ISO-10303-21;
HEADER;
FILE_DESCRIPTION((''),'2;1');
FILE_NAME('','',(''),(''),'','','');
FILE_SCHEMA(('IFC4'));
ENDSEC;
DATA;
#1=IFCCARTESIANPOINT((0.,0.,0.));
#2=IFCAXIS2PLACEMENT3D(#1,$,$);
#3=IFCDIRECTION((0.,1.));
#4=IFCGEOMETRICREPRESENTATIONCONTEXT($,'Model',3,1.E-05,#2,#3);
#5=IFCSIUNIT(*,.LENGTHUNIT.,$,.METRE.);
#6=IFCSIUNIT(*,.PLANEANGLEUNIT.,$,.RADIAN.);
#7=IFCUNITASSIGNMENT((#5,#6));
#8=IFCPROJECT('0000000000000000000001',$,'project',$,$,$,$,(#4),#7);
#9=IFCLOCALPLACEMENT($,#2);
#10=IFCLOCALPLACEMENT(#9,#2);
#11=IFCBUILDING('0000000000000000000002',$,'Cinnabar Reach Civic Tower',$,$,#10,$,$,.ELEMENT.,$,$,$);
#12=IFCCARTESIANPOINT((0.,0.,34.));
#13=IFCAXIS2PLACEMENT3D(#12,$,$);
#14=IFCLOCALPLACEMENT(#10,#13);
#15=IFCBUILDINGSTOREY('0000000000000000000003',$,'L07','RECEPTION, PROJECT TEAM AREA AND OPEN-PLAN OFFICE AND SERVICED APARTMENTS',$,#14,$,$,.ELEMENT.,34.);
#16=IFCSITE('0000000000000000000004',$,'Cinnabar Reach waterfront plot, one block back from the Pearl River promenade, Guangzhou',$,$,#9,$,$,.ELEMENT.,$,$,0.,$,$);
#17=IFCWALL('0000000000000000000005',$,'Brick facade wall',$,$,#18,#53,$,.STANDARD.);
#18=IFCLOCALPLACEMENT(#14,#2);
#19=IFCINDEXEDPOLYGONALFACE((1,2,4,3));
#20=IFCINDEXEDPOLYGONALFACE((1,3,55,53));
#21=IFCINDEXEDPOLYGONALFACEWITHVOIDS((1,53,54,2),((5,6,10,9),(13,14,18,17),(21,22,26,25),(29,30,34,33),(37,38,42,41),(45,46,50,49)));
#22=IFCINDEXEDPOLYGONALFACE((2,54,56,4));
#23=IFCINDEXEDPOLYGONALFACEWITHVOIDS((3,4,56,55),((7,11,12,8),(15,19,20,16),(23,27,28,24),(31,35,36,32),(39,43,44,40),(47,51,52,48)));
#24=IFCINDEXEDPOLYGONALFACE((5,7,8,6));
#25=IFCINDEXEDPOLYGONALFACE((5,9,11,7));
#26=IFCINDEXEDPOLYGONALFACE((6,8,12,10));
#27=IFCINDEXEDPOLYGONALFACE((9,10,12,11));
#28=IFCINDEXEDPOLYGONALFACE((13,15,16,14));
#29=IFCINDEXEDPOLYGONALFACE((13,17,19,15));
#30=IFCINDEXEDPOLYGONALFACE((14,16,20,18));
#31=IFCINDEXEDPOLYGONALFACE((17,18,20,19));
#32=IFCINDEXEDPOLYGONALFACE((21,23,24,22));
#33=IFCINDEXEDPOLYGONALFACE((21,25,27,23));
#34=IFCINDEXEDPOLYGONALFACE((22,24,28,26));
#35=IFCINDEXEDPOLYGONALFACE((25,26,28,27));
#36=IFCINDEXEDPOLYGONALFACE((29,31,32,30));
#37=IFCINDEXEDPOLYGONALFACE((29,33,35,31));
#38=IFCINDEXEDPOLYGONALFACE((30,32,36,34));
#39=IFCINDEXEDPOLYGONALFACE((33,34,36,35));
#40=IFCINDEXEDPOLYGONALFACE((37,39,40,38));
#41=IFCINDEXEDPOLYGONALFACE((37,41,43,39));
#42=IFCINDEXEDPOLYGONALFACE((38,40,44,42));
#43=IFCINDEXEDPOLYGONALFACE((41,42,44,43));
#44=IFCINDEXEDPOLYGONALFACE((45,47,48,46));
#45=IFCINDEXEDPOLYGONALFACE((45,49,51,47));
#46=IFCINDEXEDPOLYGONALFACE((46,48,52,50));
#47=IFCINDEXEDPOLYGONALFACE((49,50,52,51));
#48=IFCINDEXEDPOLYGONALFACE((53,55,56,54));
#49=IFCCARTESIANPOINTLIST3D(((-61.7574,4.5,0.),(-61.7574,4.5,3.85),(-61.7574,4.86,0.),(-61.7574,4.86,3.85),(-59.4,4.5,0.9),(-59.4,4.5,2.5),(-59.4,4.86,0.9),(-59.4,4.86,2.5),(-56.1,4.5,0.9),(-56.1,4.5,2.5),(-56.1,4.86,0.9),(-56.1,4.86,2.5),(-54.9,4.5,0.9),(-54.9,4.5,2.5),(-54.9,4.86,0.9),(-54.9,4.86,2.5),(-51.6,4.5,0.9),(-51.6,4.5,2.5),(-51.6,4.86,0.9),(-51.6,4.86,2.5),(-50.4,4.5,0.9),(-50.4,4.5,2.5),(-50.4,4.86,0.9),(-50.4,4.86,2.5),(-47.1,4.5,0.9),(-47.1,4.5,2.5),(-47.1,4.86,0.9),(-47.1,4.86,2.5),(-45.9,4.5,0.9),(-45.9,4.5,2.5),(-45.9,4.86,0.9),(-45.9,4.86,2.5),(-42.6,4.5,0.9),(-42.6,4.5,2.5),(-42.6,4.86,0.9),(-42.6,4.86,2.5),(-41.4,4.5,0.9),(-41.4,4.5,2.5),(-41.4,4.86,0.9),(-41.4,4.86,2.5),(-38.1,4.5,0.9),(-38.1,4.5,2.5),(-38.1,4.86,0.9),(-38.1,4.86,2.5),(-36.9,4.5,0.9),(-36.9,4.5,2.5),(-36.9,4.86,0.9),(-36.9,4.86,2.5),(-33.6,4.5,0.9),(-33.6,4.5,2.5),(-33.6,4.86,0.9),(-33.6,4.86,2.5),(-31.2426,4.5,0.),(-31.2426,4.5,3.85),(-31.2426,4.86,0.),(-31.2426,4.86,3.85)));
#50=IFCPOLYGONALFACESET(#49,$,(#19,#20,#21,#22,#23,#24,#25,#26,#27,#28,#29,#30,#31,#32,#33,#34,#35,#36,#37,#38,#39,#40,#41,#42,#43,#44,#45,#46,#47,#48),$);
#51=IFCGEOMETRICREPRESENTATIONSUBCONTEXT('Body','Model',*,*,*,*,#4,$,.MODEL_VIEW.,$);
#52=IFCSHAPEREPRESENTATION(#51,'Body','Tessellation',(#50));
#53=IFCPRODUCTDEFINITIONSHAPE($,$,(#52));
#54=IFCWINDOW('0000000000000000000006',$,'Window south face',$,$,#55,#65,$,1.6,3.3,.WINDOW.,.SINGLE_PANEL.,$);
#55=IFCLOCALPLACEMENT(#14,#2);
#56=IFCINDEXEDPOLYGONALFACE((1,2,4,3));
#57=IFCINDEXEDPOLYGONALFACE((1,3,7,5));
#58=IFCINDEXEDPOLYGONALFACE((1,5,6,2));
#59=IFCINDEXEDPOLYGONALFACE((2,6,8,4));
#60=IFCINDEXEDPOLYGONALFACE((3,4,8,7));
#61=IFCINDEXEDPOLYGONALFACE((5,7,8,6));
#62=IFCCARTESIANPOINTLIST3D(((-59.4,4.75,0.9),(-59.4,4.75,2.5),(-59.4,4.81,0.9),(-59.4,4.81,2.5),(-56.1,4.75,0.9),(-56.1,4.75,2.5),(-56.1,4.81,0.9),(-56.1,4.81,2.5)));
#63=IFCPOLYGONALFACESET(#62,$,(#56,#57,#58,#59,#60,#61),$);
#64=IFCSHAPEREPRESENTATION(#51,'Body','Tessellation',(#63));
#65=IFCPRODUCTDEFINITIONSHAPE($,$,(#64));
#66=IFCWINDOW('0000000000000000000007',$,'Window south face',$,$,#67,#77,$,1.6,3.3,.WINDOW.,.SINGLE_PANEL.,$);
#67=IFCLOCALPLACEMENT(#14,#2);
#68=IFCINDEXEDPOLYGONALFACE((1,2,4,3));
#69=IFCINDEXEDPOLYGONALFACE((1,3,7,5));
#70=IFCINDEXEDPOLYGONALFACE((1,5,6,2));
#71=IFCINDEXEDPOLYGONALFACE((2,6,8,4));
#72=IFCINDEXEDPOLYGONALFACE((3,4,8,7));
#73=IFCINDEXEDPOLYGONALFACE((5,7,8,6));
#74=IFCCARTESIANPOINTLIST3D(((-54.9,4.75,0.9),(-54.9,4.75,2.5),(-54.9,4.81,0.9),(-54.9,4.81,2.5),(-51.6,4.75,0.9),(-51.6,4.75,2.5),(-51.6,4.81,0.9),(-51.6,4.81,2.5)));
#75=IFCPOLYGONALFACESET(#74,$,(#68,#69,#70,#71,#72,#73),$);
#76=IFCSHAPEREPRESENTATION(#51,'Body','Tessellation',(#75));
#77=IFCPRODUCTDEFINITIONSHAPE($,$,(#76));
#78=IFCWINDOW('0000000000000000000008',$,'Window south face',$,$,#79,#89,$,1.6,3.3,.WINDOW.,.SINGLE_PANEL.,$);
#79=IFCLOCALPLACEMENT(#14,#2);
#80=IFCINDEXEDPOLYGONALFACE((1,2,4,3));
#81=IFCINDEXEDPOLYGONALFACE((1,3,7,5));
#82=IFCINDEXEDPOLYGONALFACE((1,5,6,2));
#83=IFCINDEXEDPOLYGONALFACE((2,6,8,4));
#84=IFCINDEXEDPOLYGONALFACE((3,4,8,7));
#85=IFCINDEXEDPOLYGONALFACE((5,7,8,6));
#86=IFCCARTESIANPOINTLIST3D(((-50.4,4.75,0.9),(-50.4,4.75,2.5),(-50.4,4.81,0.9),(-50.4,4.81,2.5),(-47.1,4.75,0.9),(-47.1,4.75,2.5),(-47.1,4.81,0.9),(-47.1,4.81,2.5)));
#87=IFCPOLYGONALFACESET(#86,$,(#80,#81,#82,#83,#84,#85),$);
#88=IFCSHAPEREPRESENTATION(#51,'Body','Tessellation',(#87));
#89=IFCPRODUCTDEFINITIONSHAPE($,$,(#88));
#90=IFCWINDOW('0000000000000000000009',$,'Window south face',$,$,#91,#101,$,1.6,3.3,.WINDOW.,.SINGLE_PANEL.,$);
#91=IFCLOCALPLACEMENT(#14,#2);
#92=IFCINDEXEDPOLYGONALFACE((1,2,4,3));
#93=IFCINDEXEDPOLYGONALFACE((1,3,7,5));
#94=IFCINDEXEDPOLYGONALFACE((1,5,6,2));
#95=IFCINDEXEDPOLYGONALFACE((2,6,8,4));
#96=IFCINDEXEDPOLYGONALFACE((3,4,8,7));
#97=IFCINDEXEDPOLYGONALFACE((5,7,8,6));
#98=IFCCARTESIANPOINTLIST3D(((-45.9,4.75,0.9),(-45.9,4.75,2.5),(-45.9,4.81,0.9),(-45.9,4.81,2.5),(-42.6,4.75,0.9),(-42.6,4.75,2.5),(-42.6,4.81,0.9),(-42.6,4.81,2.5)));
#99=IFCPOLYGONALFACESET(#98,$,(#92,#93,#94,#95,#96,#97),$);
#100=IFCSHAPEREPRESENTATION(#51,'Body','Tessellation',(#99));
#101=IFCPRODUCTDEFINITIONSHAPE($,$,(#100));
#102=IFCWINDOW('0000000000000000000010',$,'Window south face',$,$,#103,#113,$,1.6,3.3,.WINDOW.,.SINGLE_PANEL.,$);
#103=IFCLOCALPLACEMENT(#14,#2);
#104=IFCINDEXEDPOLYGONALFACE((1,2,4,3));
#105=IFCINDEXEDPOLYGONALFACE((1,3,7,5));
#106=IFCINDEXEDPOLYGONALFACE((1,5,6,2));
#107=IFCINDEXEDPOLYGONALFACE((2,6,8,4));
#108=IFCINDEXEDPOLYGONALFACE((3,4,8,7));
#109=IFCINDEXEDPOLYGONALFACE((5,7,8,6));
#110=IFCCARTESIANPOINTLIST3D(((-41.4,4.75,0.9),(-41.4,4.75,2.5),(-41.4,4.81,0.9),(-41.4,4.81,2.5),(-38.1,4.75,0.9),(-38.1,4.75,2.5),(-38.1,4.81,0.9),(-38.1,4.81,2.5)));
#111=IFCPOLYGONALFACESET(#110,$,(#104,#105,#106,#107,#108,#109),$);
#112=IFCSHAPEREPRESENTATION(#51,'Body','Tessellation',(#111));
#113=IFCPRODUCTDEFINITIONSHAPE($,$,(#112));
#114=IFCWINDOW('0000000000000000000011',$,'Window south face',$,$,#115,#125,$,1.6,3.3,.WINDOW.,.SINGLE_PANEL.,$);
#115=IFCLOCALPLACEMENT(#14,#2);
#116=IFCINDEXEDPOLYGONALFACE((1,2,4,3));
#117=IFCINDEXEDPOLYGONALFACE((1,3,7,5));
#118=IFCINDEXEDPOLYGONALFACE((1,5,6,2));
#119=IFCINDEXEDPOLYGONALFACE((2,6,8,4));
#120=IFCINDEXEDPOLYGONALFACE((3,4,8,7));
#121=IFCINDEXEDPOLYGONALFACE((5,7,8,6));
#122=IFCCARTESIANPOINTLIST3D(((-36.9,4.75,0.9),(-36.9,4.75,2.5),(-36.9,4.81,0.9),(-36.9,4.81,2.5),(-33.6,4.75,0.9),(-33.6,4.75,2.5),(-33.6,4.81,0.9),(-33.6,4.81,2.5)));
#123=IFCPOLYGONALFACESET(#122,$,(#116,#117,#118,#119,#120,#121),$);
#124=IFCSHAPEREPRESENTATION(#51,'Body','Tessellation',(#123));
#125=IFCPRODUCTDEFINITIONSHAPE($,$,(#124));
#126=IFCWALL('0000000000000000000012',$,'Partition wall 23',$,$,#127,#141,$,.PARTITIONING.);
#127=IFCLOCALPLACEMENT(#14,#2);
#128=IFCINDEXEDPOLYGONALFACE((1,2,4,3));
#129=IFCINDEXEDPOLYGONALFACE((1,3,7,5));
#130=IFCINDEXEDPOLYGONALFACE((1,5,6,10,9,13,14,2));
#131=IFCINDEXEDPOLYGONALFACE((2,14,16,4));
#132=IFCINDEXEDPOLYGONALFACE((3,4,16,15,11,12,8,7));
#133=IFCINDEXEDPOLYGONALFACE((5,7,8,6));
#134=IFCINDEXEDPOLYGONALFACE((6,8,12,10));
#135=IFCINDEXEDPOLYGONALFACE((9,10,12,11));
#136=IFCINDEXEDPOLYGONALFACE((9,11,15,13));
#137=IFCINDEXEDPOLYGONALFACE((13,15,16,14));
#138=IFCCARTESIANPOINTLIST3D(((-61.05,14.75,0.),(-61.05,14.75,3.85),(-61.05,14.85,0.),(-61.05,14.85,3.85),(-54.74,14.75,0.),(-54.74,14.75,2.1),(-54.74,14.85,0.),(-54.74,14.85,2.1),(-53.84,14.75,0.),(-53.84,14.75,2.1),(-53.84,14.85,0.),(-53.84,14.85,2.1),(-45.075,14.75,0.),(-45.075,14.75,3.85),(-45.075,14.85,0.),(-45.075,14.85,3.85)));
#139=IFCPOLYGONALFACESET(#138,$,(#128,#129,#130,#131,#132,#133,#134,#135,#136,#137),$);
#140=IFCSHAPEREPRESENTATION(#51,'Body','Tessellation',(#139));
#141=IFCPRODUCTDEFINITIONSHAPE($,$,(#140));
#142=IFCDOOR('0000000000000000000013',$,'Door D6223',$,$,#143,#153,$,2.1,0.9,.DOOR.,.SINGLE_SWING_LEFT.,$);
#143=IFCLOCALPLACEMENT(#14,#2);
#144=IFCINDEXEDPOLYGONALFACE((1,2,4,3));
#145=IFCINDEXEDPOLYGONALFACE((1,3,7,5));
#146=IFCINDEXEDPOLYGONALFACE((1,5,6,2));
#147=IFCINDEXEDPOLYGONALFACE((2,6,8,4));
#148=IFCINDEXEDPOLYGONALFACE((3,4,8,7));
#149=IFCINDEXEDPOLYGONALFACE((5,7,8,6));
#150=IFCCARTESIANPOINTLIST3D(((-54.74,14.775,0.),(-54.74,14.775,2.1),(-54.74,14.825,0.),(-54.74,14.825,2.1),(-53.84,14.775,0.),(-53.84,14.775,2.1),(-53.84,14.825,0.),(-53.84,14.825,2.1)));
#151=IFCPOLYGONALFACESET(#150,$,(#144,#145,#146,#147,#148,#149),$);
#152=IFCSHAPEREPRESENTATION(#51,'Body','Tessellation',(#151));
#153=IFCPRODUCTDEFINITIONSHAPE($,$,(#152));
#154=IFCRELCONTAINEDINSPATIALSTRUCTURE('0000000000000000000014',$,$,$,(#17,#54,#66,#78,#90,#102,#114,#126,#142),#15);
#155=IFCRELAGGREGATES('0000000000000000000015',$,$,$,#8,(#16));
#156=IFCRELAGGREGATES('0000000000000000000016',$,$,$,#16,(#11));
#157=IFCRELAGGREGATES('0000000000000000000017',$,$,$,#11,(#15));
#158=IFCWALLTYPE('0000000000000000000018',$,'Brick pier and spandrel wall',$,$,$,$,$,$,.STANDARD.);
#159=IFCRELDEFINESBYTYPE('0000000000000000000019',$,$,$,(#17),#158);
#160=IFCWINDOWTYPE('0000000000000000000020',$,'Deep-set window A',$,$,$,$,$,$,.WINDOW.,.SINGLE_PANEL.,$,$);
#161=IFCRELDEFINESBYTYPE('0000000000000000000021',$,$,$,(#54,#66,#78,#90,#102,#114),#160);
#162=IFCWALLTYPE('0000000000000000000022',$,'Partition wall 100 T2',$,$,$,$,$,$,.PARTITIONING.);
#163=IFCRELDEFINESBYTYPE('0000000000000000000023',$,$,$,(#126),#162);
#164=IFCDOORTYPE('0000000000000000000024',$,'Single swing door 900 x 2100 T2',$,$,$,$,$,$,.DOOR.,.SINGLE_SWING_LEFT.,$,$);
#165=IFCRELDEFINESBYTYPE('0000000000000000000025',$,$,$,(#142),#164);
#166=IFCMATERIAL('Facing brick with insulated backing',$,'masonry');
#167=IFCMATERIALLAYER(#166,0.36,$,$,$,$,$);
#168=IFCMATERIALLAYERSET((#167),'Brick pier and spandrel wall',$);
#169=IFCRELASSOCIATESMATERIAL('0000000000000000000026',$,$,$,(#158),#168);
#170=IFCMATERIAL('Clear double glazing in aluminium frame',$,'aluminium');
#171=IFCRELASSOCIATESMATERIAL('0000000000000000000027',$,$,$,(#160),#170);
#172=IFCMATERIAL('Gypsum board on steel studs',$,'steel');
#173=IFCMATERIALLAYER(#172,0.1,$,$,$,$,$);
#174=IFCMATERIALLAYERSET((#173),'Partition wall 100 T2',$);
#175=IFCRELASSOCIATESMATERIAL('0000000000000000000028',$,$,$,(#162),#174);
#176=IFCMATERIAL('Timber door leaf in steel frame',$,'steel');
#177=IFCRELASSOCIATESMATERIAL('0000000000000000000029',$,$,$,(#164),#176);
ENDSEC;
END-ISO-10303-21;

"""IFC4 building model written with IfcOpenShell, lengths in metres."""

from ifc_helpers import new_model, si_unit, direction, frame, frame_2d, origin, place, context, subcontext, project, spatial, rectangle, extrude, material, layer, layer_set, type_object, element, fill, save


model = new_model("IFC4")

# Units and contexts
model_context = context("Model", 3, precision=1e-05, world=origin(), true_north=direction((0.0, 1.0)))
body_context = subcontext(model_context, "Body", "Model", "MODEL_VIEW")
ifc_project = project(units=[si_unit("LENGTHUNIT", "METRE"), si_unit("PLANEANGLEUNIT", "RADIAN")], contexts=[model_context])

# Site, building, storey
site_placement = place(None, origin())
site = spatial("IfcSite", under=ifc_project, at=site_placement, Name="Cinnabar Reach waterfront plot, one block back from the Pearl River promenade, Guangzhou", CompositionType="ELEMENT", RefElevation=0.0)
building_placement = place(site_placement, origin())
building = spatial("IfcBuilding", under=site, at=building_placement, Name="Cinnabar Reach Civic Tower", CompositionType="ELEMENT")
storey_placement = place(building_placement, frame((0.0, 0.0, 34.0)))
storey = spatial("IfcBuildingStorey", under=building, at=storey_placement, Name="L07", Description="RECEPTION, PROJECT TEAM AREA AND OPEN-PLAN OFFICE AND SERVICED APARTMENTS", CompositionType="ELEMENT", Elevation=34.0)

# Wall, openings, windows
ifc_material_1 = material(Name="Facing brick with insulated backing", Category="masonry")
ifc_layer_1 = layer(ifc_material_1, 0.36)
ifc_layer_set_1 = layer_set([ifc_layer_1], Name="Brick pier and spandrel wall")
wall_type_1 = type_object("IfcWallType", Name="Brick pier and spandrel wall", PredefinedType="STANDARD", material=ifc_layer_set_1)
wall_1_placement = place(storey_placement, frame((-61.7574, 4.68, 0.0), z_axis=(0.0, 0.0, 1.0), x_axis=(1.0, 0.0, 0.0)))
wall_1 = element("IfcWall", 1, at=wall_1_placement, inside=storey, type_object=wall_type_1, Name="Brick facade wall", PredefinedType="STANDARD", context=body_context, shape_type="SweptSolid", body=[
    extrude(rectangle(XDim=30.5148, YDim=0.36, at=frame_2d((15.2574, 0.0))), origin(), (0.0, 0.0, 1.0), 3.85),
])
opening_1_placement = place(wall_1_placement, frame((2.3574, 0.0, 0.9)))
opening_1 = element("IfcOpeningElement", 2, at=opening_1_placement, cuts=wall_1, PredefinedType="OPENING", context=body_context, shape_type="SweptSolid", body=[
    extrude(rectangle(XDim=3.3, YDim=1.6, at=frame_2d((1.65, 0.8))), frame((0.0, 0.19, 0.0), z_axis=(0.0, -1.0, 0.0), x_axis=(1.0, 0.0, 0.0)), (0.0, 0.0, 1.0), 0.38),
])
opening_2_placement = place(wall_1_placement, frame((6.8574, 0.0, 0.9)))
opening_2 = element("IfcOpeningElement", 3, at=opening_2_placement, cuts=wall_1, PredefinedType="OPENING", context=body_context, shape_type="SweptSolid", body=[
    extrude(rectangle(XDim=3.3, YDim=1.6, at=frame_2d((1.65, 0.8))), frame((0.0, 0.19, 0.0), z_axis=(0.0, -1.0, 0.0), x_axis=(1.0, 0.0, 0.0)), (0.0, 0.0, 1.0), 0.38),
])
opening_3_placement = place(wall_1_placement, frame((11.3574, 0.0, 0.9)))
opening_3 = element("IfcOpeningElement", 4, at=opening_3_placement, cuts=wall_1, PredefinedType="OPENING", context=body_context, shape_type="SweptSolid", body=[
    extrude(rectangle(XDim=3.3, YDim=1.6, at=frame_2d((1.65, 0.8))), frame((0.0, 0.19, 0.0), z_axis=(0.0, -1.0, 0.0), x_axis=(1.0, 0.0, 0.0)), (0.0, 0.0, 1.0), 0.38),
])
opening_4_placement = place(wall_1_placement, frame((15.8574, 0.0, 0.9)))
opening_4 = element("IfcOpeningElement", 5, at=opening_4_placement, cuts=wall_1, PredefinedType="OPENING", context=body_context, shape_type="SweptSolid", body=[
    extrude(rectangle(XDim=3.3, YDim=1.6, at=frame_2d((1.65, 0.8))), frame((0.0, 0.19, 0.0), z_axis=(0.0, -1.0, 0.0), x_axis=(1.0, 0.0, 0.0)), (0.0, 0.0, 1.0), 0.38),
])
opening_5_placement = place(wall_1_placement, frame((20.3574, 0.0, 0.9)))
opening_5 = element("IfcOpeningElement", 6, at=opening_5_placement, cuts=wall_1, PredefinedType="OPENING", context=body_context, shape_type="SweptSolid", body=[
    extrude(rectangle(XDim=3.3, YDim=1.6, at=frame_2d((1.65, 0.8))), frame((0.0, 0.19, 0.0), z_axis=(0.0, -1.0, 0.0), x_axis=(1.0, 0.0, 0.0)), (0.0, 0.0, 1.0), 0.38),
])
opening_6_placement = place(wall_1_placement, frame((24.8574, 0.0, 0.9)))
opening_6 = element("IfcOpeningElement", 7, at=opening_6_placement, cuts=wall_1, PredefinedType="OPENING", context=body_context, shape_type="SweptSolid", body=[
    extrude(rectangle(XDim=3.3, YDim=1.6, at=frame_2d((1.65, 0.8))), frame((0.0, 0.19, 0.0), z_axis=(0.0, -1.0, 0.0), x_axis=(1.0, 0.0, 0.0)), (0.0, 0.0, 1.0), 0.38),
])
ifc_material_2 = material(Name="Clear double glazing in aluminium frame", Category="aluminium")
window_type = type_object("IfcWindowType", Name="Deep-set window A", PartitioningType="SINGLE_PANEL", PredefinedType="WINDOW", material=ifc_material_2)
window_1_placement = place(opening_1_placement, origin())
window_1 = element("IfcWindow", 8, at=window_1_placement, inside=storey, type_object=window_type, Name="Window south face", OverallHeight=1.6, OverallWidth=3.3, PartitioningType="SINGLE_PANEL", PredefinedType="WINDOW", context=body_context, shape_type="SweptSolid", body=[
    extrude(rectangle(XDim=3.3, YDim=1.6, at=frame_2d((1.65, 0.8))), frame((0.0, 0.13, 0.0), z_axis=(0.0, -1.0, 0.0), x_axis=(1.0, 0.0, 0.0)), (0.0, 0.0, 1.0), 0.06),
])
fill(opening_1, window_1)
window_2_placement = place(opening_2_placement, origin())
window_2 = element("IfcWindow", 9, at=window_2_placement, inside=storey, type_object=window_type, Name="Window south face", OverallHeight=1.6, OverallWidth=3.3, PartitioningType="SINGLE_PANEL", PredefinedType="WINDOW", context=body_context, shape_type="SweptSolid", body=[
    extrude(rectangle(XDim=3.3, YDim=1.6, at=frame_2d((1.65, 0.8))), frame((0.0, 0.13, 0.0), z_axis=(0.0, -1.0, 0.0), x_axis=(1.0, 0.0, 0.0)), (0.0, 0.0, 1.0), 0.06),
])
fill(opening_2, window_2)
window_3_placement = place(opening_3_placement, origin())
window_3 = element("IfcWindow", 10, at=window_3_placement, inside=storey, type_object=window_type, Name="Window south face", OverallHeight=1.6, OverallWidth=3.3, PartitioningType="SINGLE_PANEL", PredefinedType="WINDOW", context=body_context, shape_type="SweptSolid", body=[
    extrude(rectangle(XDim=3.3, YDim=1.6, at=frame_2d((1.65, 0.8))), frame((0.0, 0.13, 0.0), z_axis=(0.0, -1.0, 0.0), x_axis=(1.0, 0.0, 0.0)), (0.0, 0.0, 1.0), 0.06),
])
fill(opening_3, window_3)
window_4_placement = place(opening_4_placement, origin())
window_4 = element("IfcWindow", 11, at=window_4_placement, inside=storey, type_object=window_type, Name="Window south face", OverallHeight=1.6, OverallWidth=3.3, PartitioningType="SINGLE_PANEL", PredefinedType="WINDOW", context=body_context, shape_type="SweptSolid", body=[
    extrude(rectangle(XDim=3.3, YDim=1.6, at=frame_2d((1.65, 0.8))), frame((0.0, 0.13, 0.0), z_axis=(0.0, -1.0, 0.0), x_axis=(1.0, 0.0, 0.0)), (0.0, 0.0, 1.0), 0.06),
])
fill(opening_4, window_4)
window_5_placement = place(opening_5_placement, origin())
window_5 = element("IfcWindow", 12, at=window_5_placement, inside=storey, type_object=window_type, Name="Window south face", OverallHeight=1.6, OverallWidth=3.3, PartitioningType="SINGLE_PANEL", PredefinedType="WINDOW", context=body_context, shape_type="SweptSolid", body=[
    extrude(rectangle(XDim=3.3, YDim=1.6, at=frame_2d((1.65, 0.8))), frame((0.0, 0.13, 0.0), z_axis=(0.0, -1.0, 0.0), x_axis=(1.0, 0.0, 0.0)), (0.0, 0.0, 1.0), 0.06),
])
fill(opening_5, window_5)
window_6_placement = place(opening_6_placement, origin())
window_6 = element("IfcWindow", 13, at=window_6_placement, inside=storey, type_object=window_type, Name="Window south face", OverallHeight=1.6, OverallWidth=3.3, PartitioningType="SINGLE_PANEL", PredefinedType="WINDOW", context=body_context, shape_type="SweptSolid", body=[
    extrude(rectangle(XDim=3.3, YDim=1.6, at=frame_2d((1.65, 0.8))), frame((0.0, 0.13, 0.0), z_axis=(0.0, -1.0, 0.0), x_axis=(1.0, 0.0, 0.0)), (0.0, 0.0, 1.0), 0.06),
])
fill(opening_6, window_6)

# Wall, opening, door
ifc_material_3 = material(Name="Gypsum board on steel studs", Category="steel")
ifc_layer_2 = layer(ifc_material_3, 0.1)
ifc_layer_set_2 = layer_set([ifc_layer_2], Name="Partition wall 100 T2")
wall_type_2 = type_object("IfcWallType", Name="Partition wall 100 T2", PredefinedType="PARTITIONING", material=ifc_layer_set_2)
wall_2_placement = place(storey_placement, frame((-61.05, 14.8, 0.0), z_axis=(0.0, 0.0, 1.0), x_axis=(1.0, 0.0, 0.0)))
wall_2 = element("IfcWall", 14, at=wall_2_placement, inside=storey, type_object=wall_type_2, Name="Partition wall 23", PredefinedType="PARTITIONING", context=body_context, shape_type="SweptSolid", body=[
    extrude(rectangle(XDim=15.975, YDim=0.1, at=frame_2d((7.9875, 0.0))), origin(), (0.0, 0.0, 1.0), 3.85),
])
opening_7_placement = place(wall_2_placement, frame((6.31, 0.0, 0.0)))
opening_7 = element("IfcOpeningElement", 15, at=opening_7_placement, cuts=wall_2, PredefinedType="OPENING", context=body_context, shape_type="SweptSolid", body=[
    extrude(rectangle(XDim=0.9, YDim=2.1, at=frame_2d((0.45, 1.05))), frame((0.0, 0.06, 0.0), z_axis=(0.0, -1.0, 0.0), x_axis=(1.0, 0.0, 0.0)), (0.0, 0.0, 1.0), 0.12),
])
ifc_material_4 = material(Name="Timber door leaf in steel frame", Category="steel")
door_type = type_object("IfcDoorType", Name="Single swing door 900 x 2100 T2", OperationType="SINGLE_SWING_LEFT", PredefinedType="DOOR", material=ifc_material_4)
door_1_placement = place(opening_7_placement, origin())
door_1 = element("IfcDoor", 16, at=door_1_placement, inside=storey, type_object=door_type, Name="Door D6223", OperationType="SINGLE_SWING_LEFT", OverallHeight=2.1, OverallWidth=0.9, PredefinedType="DOOR", context=body_context, shape_type="SweptSolid", body=[
    extrude(rectangle(XDim=0.9, YDim=2.1, at=frame_2d((0.45, 1.05))), frame((0.0, 0.025, 0.0), z_axis=(0.0, -1.0, 0.0), x_axis=(1.0, 0.0, 0.0)), (0.0, 0.0, 1.0), 0.05),
])
fill(opening_7, door_1)

save(model, "model.ifc")
